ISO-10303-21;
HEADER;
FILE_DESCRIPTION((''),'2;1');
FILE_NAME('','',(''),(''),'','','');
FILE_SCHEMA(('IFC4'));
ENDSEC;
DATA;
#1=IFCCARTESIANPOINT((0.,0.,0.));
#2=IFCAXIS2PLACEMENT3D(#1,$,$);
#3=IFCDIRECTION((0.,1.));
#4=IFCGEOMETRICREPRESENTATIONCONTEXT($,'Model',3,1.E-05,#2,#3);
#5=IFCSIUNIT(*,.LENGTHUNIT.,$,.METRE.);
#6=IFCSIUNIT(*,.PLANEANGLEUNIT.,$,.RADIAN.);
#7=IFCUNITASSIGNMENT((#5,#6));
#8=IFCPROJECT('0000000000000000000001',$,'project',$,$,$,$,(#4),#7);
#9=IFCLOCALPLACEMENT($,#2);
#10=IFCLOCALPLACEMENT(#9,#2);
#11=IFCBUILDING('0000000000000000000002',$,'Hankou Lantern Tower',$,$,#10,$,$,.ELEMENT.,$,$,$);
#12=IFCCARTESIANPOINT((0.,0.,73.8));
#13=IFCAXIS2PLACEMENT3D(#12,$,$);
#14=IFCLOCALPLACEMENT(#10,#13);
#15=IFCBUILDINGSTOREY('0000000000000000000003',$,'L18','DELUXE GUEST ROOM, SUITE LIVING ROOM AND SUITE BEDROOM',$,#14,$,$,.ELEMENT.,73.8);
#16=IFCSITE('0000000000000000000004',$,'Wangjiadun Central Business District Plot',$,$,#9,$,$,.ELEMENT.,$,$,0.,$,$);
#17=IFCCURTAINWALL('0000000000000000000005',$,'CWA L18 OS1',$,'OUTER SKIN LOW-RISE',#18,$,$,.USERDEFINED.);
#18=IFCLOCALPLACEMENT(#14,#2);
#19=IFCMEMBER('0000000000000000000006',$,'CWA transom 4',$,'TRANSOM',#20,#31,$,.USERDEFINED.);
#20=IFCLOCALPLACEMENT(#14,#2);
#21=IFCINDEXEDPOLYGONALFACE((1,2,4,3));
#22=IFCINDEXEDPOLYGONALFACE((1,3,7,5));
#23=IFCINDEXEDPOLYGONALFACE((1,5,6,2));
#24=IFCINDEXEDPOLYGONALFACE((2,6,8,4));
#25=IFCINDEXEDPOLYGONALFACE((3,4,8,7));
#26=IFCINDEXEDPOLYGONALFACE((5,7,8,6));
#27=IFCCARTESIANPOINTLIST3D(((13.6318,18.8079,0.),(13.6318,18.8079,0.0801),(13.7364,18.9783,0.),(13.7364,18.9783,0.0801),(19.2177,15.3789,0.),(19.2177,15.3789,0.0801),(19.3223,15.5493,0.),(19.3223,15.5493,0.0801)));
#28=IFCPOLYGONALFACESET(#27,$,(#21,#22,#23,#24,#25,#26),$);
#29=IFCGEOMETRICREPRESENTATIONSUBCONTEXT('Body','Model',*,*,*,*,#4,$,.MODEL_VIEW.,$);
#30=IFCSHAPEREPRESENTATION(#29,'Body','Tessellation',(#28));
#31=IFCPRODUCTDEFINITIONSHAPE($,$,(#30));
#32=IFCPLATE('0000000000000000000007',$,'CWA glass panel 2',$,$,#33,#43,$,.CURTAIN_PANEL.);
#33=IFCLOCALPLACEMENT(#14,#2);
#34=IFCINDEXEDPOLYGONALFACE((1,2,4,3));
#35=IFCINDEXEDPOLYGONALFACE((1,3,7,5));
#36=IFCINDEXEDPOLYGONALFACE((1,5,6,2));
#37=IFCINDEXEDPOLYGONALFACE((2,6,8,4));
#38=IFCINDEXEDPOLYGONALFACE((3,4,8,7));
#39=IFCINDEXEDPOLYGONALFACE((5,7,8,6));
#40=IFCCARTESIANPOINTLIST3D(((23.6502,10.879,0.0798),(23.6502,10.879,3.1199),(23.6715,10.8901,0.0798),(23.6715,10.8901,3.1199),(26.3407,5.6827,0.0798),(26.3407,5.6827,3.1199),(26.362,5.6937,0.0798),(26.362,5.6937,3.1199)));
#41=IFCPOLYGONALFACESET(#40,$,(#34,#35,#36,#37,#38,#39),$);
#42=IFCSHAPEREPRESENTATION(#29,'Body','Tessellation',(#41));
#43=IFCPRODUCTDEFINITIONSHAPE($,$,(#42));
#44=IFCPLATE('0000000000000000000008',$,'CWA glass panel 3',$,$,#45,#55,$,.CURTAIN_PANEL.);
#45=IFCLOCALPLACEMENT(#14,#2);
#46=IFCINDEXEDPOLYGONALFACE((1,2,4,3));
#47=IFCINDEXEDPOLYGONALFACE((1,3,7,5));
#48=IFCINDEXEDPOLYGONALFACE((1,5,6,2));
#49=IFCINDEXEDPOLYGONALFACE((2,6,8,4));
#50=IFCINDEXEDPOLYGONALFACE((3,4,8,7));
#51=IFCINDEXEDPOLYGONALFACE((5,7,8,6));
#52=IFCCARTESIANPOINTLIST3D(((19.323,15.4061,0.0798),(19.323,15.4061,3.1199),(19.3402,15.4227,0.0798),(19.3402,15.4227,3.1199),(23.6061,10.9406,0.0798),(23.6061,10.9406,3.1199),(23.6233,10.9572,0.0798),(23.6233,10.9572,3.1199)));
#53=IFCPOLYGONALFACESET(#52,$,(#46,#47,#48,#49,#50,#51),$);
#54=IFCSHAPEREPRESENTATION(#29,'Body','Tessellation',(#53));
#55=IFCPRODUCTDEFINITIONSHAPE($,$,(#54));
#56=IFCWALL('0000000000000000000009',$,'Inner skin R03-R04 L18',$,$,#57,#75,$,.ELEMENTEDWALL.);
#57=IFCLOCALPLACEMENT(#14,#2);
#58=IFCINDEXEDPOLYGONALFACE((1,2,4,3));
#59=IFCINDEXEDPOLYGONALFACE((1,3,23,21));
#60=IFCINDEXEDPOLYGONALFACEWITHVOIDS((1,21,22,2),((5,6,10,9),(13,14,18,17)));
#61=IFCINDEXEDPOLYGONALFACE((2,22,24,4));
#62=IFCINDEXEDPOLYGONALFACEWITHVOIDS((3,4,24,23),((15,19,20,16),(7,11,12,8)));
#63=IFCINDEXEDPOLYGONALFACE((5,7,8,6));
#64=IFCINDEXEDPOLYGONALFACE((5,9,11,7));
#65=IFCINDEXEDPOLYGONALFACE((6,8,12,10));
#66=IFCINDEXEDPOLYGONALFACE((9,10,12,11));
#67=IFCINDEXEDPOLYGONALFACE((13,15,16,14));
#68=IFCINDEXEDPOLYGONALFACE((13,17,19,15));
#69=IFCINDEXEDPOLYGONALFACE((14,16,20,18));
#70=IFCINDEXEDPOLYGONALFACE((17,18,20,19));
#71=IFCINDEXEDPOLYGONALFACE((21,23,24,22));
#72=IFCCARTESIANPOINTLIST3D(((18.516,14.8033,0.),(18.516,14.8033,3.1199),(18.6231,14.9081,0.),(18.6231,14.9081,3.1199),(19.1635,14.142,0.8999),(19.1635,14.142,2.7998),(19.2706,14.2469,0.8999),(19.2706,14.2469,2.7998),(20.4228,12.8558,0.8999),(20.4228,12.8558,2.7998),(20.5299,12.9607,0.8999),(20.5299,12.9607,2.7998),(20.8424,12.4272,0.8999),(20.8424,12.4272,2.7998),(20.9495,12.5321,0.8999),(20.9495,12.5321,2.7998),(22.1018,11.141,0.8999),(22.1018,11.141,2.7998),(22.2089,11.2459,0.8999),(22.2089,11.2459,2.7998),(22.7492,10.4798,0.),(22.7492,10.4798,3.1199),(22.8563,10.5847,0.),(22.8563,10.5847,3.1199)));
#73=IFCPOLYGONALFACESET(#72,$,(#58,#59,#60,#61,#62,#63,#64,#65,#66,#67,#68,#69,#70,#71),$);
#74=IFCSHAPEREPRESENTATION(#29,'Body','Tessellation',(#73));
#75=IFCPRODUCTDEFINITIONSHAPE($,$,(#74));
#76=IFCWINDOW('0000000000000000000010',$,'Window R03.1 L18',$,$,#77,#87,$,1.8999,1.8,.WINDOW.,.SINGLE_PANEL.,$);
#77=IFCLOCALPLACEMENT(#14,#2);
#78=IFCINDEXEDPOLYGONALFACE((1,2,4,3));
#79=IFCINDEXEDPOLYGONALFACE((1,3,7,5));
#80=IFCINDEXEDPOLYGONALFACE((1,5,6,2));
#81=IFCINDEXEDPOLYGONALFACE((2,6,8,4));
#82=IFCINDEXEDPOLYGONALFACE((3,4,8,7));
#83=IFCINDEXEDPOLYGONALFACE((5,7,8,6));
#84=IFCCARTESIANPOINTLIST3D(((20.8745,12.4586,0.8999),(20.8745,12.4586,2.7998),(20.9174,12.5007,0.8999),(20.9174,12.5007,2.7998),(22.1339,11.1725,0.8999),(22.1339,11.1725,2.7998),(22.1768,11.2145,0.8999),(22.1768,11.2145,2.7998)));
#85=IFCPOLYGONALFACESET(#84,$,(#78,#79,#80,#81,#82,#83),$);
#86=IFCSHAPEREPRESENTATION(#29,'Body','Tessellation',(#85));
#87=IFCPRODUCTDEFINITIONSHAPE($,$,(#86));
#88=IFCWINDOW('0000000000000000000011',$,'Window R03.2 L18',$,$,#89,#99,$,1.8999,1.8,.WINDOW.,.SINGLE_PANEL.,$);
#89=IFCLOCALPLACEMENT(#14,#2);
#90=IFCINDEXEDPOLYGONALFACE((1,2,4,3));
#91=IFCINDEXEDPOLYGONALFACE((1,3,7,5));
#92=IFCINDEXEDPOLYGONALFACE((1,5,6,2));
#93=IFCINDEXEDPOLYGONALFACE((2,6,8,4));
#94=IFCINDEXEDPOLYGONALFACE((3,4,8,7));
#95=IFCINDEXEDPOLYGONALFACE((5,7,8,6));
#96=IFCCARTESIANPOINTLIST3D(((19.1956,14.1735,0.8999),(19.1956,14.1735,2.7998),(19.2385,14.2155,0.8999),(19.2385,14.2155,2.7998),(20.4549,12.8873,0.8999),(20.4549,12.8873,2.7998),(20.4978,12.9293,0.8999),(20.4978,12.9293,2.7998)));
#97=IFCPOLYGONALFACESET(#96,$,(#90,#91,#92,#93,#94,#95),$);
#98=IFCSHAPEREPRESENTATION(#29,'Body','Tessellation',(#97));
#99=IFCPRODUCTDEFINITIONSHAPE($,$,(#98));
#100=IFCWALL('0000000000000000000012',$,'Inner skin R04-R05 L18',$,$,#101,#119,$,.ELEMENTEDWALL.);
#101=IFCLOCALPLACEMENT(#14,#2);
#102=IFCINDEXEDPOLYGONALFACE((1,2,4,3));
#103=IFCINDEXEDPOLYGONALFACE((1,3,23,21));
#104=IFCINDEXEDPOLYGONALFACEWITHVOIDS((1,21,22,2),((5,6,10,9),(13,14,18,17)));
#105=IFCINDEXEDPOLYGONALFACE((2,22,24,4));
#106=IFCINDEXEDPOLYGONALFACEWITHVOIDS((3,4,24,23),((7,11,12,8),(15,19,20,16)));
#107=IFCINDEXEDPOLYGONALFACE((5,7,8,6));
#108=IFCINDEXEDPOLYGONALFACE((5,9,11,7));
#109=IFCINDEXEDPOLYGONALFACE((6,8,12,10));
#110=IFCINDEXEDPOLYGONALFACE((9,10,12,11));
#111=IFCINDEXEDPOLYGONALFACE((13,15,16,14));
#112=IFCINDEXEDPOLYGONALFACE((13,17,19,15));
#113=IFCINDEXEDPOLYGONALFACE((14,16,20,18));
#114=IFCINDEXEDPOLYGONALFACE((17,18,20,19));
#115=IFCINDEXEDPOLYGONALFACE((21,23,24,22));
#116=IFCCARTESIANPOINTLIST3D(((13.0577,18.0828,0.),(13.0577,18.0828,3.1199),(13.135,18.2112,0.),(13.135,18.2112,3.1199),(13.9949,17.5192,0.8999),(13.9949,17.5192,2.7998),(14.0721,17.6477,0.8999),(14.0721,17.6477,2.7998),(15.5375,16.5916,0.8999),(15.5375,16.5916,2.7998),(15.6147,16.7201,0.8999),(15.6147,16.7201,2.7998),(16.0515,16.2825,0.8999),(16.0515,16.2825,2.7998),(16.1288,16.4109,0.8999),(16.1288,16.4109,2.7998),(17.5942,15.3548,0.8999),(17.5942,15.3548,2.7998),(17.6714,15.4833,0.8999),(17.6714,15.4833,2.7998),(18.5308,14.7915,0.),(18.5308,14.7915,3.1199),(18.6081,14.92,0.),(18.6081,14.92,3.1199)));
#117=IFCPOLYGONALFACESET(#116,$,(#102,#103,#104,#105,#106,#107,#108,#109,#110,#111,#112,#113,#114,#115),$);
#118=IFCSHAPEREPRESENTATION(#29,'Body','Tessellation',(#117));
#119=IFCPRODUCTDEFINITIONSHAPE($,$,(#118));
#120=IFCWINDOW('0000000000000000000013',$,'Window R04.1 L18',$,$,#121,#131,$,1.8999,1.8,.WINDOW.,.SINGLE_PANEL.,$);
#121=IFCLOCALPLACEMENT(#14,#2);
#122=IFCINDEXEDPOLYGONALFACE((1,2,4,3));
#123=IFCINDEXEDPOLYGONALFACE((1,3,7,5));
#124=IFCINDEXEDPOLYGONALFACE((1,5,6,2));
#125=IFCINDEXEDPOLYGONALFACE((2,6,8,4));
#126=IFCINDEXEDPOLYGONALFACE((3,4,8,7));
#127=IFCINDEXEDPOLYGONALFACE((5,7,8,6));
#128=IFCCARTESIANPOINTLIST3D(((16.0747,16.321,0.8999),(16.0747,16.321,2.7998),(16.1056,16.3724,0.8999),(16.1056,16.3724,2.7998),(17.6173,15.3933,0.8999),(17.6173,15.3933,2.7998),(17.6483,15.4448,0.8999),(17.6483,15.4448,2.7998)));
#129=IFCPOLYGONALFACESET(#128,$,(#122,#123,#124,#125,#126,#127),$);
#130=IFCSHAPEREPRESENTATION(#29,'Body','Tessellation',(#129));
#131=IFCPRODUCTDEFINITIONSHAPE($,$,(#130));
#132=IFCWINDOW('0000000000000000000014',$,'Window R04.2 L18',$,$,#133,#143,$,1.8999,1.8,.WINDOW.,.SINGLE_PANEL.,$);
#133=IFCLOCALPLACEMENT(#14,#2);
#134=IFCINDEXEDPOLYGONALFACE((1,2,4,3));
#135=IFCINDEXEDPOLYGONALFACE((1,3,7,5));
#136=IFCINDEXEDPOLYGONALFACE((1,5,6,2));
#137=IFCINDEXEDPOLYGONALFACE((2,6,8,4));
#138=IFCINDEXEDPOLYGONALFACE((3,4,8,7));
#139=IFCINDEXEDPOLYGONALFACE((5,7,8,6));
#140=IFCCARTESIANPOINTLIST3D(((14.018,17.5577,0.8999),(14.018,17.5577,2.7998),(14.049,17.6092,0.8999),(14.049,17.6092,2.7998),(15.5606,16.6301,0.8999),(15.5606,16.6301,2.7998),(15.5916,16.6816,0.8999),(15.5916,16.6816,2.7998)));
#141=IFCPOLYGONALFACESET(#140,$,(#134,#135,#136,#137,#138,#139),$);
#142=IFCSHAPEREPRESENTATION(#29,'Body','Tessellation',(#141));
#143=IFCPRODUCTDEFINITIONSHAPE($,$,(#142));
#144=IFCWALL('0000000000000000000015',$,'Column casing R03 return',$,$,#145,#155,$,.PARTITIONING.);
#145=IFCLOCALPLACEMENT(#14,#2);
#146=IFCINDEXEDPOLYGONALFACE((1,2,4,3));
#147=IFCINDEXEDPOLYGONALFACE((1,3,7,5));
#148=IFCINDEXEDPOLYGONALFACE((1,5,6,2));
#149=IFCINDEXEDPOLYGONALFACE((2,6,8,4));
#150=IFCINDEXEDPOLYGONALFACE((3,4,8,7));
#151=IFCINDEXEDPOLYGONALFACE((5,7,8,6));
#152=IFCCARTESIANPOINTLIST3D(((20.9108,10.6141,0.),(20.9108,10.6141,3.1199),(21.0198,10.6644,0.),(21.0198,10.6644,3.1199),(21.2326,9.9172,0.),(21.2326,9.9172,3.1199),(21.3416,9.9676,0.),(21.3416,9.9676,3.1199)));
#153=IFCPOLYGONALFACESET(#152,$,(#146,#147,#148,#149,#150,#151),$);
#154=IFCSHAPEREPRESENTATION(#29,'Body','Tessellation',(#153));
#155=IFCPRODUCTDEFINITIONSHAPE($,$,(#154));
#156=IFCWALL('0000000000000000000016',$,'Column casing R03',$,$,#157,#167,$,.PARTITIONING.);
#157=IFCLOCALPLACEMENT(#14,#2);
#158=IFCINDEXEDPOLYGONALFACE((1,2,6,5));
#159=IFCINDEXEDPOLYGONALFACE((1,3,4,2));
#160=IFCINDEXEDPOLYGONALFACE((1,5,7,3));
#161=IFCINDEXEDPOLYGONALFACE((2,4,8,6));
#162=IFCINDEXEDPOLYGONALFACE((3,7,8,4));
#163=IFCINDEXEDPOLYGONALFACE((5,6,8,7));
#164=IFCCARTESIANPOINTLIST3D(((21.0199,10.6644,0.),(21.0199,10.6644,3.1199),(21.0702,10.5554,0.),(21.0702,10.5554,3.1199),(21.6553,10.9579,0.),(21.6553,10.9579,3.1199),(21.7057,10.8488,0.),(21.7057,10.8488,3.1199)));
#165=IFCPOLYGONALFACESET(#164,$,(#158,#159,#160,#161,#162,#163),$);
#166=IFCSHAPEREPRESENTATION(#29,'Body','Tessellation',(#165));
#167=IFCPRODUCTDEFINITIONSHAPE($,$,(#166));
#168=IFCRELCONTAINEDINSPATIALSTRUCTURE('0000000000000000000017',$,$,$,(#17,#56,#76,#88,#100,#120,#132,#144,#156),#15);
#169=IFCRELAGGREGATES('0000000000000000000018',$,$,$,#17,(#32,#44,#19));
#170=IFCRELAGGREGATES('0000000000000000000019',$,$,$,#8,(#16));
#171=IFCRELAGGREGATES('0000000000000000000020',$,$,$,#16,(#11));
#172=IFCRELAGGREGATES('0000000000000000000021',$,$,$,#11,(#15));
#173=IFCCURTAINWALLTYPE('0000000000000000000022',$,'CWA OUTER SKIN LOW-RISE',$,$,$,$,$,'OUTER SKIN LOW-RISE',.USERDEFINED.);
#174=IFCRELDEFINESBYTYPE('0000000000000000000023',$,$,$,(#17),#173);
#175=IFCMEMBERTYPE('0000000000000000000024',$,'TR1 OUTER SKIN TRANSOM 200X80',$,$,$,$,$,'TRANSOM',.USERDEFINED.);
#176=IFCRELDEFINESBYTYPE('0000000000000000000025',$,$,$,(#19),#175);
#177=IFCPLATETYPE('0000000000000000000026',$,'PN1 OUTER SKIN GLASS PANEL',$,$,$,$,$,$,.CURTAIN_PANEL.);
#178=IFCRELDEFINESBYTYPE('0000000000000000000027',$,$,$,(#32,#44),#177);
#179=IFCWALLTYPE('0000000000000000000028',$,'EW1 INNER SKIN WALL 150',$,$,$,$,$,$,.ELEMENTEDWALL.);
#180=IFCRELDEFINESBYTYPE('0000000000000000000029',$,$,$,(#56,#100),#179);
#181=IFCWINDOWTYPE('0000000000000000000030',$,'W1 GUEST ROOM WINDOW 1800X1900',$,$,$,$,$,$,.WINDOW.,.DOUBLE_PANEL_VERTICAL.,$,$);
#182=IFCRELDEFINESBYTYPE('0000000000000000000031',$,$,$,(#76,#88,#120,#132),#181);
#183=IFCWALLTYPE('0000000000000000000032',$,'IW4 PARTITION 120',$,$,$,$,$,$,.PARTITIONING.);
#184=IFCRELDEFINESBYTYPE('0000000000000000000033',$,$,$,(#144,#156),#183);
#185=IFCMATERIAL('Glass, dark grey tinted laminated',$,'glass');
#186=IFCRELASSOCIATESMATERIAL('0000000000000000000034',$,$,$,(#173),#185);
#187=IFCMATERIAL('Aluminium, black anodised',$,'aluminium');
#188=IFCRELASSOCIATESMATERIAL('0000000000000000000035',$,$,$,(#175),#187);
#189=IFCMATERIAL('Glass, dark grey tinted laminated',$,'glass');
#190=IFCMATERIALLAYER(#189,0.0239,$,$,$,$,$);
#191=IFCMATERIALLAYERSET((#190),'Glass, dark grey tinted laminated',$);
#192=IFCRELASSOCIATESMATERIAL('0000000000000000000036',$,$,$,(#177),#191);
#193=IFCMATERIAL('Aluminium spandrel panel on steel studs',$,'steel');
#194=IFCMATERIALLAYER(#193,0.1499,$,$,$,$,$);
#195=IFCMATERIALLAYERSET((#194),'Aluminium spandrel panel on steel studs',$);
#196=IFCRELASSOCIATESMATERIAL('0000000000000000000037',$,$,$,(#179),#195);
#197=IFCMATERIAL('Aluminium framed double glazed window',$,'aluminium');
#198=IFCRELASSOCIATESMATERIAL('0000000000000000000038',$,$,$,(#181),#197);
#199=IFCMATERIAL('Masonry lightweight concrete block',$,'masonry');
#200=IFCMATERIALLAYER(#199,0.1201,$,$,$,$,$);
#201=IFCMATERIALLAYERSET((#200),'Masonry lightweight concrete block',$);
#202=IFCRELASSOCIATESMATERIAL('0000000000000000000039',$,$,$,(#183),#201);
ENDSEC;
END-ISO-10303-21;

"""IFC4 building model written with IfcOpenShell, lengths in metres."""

from ifc_helpers import new_model, si_unit, direction, frame, frame_2d, origin, origin_2d, place, context, subcontext, project, spatial, rectangle, extrude, material, layer, layer_set, material_profile, profile_set, type_object, element, fill, aggregate, save


model = new_model("IFC4")

# Units and contexts
model_context = context("Model", 3, precision=1e-05, world=origin(), true_north=direction((0.0, 1.0)))
body_context = subcontext(model_context, "Body", "Model", "MODEL_VIEW")
ifc_project = project(units=[si_unit("LENGTHUNIT", "METRE"), si_unit("PLANEANGLEUNIT", "RADIAN")], contexts=[model_context])

# Site, building, storey
site_placement = place(None, origin())
site = spatial("IfcSite", under=ifc_project, at=site_placement, Name="Wangjiadun Central Business District Plot", CompositionType="ELEMENT", RefElevation=0.0)
building_placement = place(site_placement, origin())
building = spatial("IfcBuilding", under=site, at=building_placement, Name="Hankou Lantern Tower", CompositionType="ELEMENT")
storey_placement = place(building_placement, frame((0.0, 0.0, 73.8)))
storey = spatial("IfcBuildingStorey", under=building, at=storey_placement, Name="L18", Description="DELUXE GUEST ROOM, SUITE LIVING ROOM AND SUITE BEDROOM", CompositionType="ELEMENT", Elevation=73.8)

# Curtain wall, member, plates
ifc_material_1 = material(Name="Glass, dark grey tinted laminated", Category="glass")
curtain_wall_type = type_object("IfcCurtainWallType", Name="CWA OUTER SKIN LOW-RISE", ElementType="OUTER SKIN LOW-RISE", PredefinedType="USERDEFINED", material=ifc_material_1)
curtain_wall_placement = place(storey_placement, origin())
curtain_wall = element("IfcCurtainWall", 1, at=curtain_wall_placement, inside=storey, type_object=curtain_wall_type, Name="CWA L18 OS1", ObjectType="OUTER SKIN LOW-RISE", PredefinedType="USERDEFINED")
ifc_material_2 = material(Name="Aluminium, black anodised", Category="aluminium")
ifc_material_profile_1 = material_profile(ifc_material_2, rectangle(XDim=0.2, YDim=0.0801, at=origin_2d()), Name="TR1 200X80")
ifc_profile_set_1 = profile_set([ifc_material_profile_1], Name="Aluminium, black anodised")
member_type_1 = type_object("IfcMemberType", Name="TR1 OUTER SKIN TRANSOM 200X80", ElementType="TRANSOM", PredefinedType="USERDEFINED", material=ifc_profile_set_1)
member_1_placement = place(storey_placement, frame((19.27, 15.4641, 0.04), z_axis=(-0.85224, 0.523152, 0.0), x_axis=(-0.523152, -0.85224, 0.0)))
member_1 = element("IfcMember", 2, at=member_1_placement, type_object=member_type_1, Name="CWA transom 4", ObjectType="TRANSOM", PredefinedType="USERDEFINED", context=body_context, shape_type="SweptSolid", body=[
    extrude(rectangle(XDim=0.2, YDim=0.0801, at=origin_2d()), origin(), (0.0, 0.0, 1.0), 6.5544),
])
ifc_material_3 = material(Name="Glass, dark grey tinted laminated", Category="glass")
ifc_layer_1 = layer(ifc_material_3, 0.0239)
ifc_layer_set_1 = layer_set([ifc_layer_1], Name="Glass, dark grey tinted laminated")
plate_type = type_object("IfcPlateType", Name="PN1 OUTER SKIN GLASS PANEL", PredefinedType="CURTAIN_PANEL", material=ifc_layer_set_1)
plate_1_placement = place(storey_placement, frame((25.0061, 8.2864, 0.0798), z_axis=(0.0, 0.0, 1.0), x_axis=(-0.459791, 0.888027, 0.0)))
plate_1 = element("IfcPlate", 3, at=plate_1_placement, type_object=plate_type, Name="CWA glass panel 2", PredefinedType="CURTAIN_PANEL", context=body_context, shape_type="SweptSolid", body=[
    extrude(rectangle(XDim=5.8516, YDim=0.0239, at=origin_2d()), origin(), (0.0, 0.0, 1.0), 3.04),
])
plate_2_placement = place(storey_placement, frame((21.4731, 13.1816, 0.0798), z_axis=(0.0, 0.0, 1.0), x_axis=(-0.692216, 0.721691, 0.0)))
plate_2 = element("IfcPlate", 4, at=plate_2_placement, type_object=plate_type, Name="CWA glass panel 3", PredefinedType="CURTAIN_PANEL", context=body_context, shape_type="SweptSolid", body=[
    extrude(rectangle(XDim=6.1875, YDim=0.0239, at=origin_2d()), origin(), (0.0, 0.0, 1.0), 3.04),
])
aggregate(curtain_wall, [plate_1, plate_2, member_1])

# Walls, openings, windows
ifc_material_4 = material(Name="Aluminium spandrel panel on steel studs", Category="steel")
ifc_layer_2 = layer(ifc_material_4, 0.1499)
ifc_layer_set_2 = layer_set([ifc_layer_2], Name="Aluminium spandrel panel on steel studs")
wall_type_1 = type_object("IfcWallType", Name="EW1 INNER SKIN WALL 150", PredefinedType="ELEMENTEDWALL", material=ifc_layer_set_2)
wall_1_placement = place(storey_placement, frame((22.8027, 10.5322, 0.0), z_axis=(0.0, 0.0, 1.0), x_axis=(-0.699603, 0.714532, 0.0)))
wall_1 = element("IfcWall", 5, at=wall_1_placement, inside=storey, type_object=wall_type_1, Name="Inner skin R03-R04 L18", PredefinedType="ELEMENTEDWALL", context=body_context, shape_type="SweptSolid", body=[
    extrude(rectangle(XDim=6.0508, YDim=0.1499, at=frame_2d((3.0254, 0.0))), origin(), (0.0, 0.0, 1.0), 3.1199),
])
opening_1_placement = place(wall_1_placement, frame((0.9255, 0.0, 0.8999)))
opening_1 = element("IfcOpeningElement", 6, at=opening_1_placement, cuts=wall_1, PredefinedType="OPENING", context=body_context, shape_type="SweptSolid", body=[
    extrude(rectangle(XDim=1.8, YDim=1.8999, at=frame_2d((0.8999, 0.95))), frame((0.0, 0.085, 0.0), z_axis=(0.0, -1.0, 0.0), x_axis=(1.0, 0.0, 0.0)), (0.0, 0.0, 1.0), 0.1699),
])
opening_2_placement = place(wall_1_placement, frame((3.3254, 0.0, 0.8999)))
opening_2 = element("IfcOpeningElement", 7, at=opening_2_placement, cuts=wall_1, PredefinedType="OPENING", context=body_context, shape_type="SweptSolid", body=[
    extrude(rectangle(XDim=1.8, YDim=1.8999, at=frame_2d((0.8999, 0.95))), frame((0.0, 0.085, 0.0), z_axis=(0.0, -1.0, 0.0), x_axis=(1.0, 0.0, 0.0)), (0.0, 0.0, 1.0), 0.1699),
])
ifc_material_5 = material(Name="Aluminium framed double glazed window", Category="aluminium")
window_type = type_object("IfcWindowType", Name="W1 GUEST ROOM WINDOW 1800X1900", PartitioningType="DOUBLE_PANEL_VERTICAL", PredefinedType="WINDOW", material=ifc_material_5)
window_1_placement = place(opening_1_placement, origin())
window_1 = element("IfcWindow", 8, at=window_1_placement, inside=storey, type_object=window_type, Name="Window R03.1 L18", OverallHeight=1.8999, OverallWidth=1.8, PartitioningType="SINGLE_PANEL", PredefinedType="WINDOW", context=body_context, shape_type="SweptSolid", body=[
    extrude(rectangle(XDim=1.8, YDim=1.8999, at=frame_2d((0.8999, 0.95))), frame((0.0, 0.03, 0.0), z_axis=(0.0, -1.0, 0.0), x_axis=(1.0, 0.0, 0.0)), (0.0, 0.0, 1.0), 0.0601),
])
fill(opening_1, window_1)
window_2_placement = place(opening_2_placement, origin())
window_2 = element("IfcWindow", 9, at=window_2_placement, inside=storey, type_object=window_type, Name="Window R03.2 L18", OverallHeight=1.8999, OverallWidth=1.8, PartitioningType="SINGLE_PANEL", PredefinedType="WINDOW", context=body_context, shape_type="SweptSolid", body=[
    extrude(rectangle(XDim=1.8, YDim=1.8999, at=frame_2d((0.8999, 0.95))), frame((0.0, 0.03, 0.0), z_axis=(0.0, -1.0, 0.0), x_axis=(1.0, 0.0, 0.0)), (0.0, 0.0, 1.0), 0.0601),
])
fill(opening_2, window_2)
wall_2_placement = place(storey_placement, frame((18.5696, 14.8557, 0.0), z_axis=(0.0, 0.0, 1.0), x_axis=(-0.856983, 0.515344, 0.0)))
wall_2 = element("IfcWall", 10, at=wall_2_placement, inside=storey, type_object=wall_type_1, Name="Inner skin R04-R05 L18", PredefinedType="ELEMENTEDWALL", context=body_context, shape_type="SweptSolid", body=[
    extrude(rectangle(XDim=6.3865, YDim=0.1499, at=frame_2d((3.1934, 0.0))), origin(), (0.0, 0.0, 1.0), 3.1199),
])
opening_3_placement = place(wall_2_placement, frame((1.0933, 0.0, 0.8999)))
opening_3 = element("IfcOpeningElement", 11, at=opening_3_placement, cuts=wall_2, PredefinedType="OPENING", context=body_context, shape_type="SweptSolid", body=[
    extrude(rectangle(XDim=1.8, YDim=1.8999, at=frame_2d((0.8999, 0.95))), frame((0.0, 0.085, 0.0), z_axis=(0.0, -1.0, 0.0), x_axis=(1.0, 0.0, 0.0)), (0.0, 0.0, 1.0), 0.1699),
])
opening_4_placement = place(wall_2_placement, frame((3.4932, 0.0, 0.8999)))
opening_4 = element("IfcOpeningElement", 12, at=opening_4_placement, cuts=wall_2, PredefinedType="OPENING", context=body_context, shape_type="SweptSolid", body=[
    extrude(rectangle(XDim=1.8, YDim=1.8999, at=frame_2d((0.8999, 0.95))), frame((0.0, 0.085, 0.0), z_axis=(0.0, -1.0, 0.0), x_axis=(1.0, 0.0, 0.0)), (0.0, 0.0, 1.0), 0.1699),
])
window_3_placement = place(opening_3_placement, origin())
window_3 = element("IfcWindow", 13, at=window_3_placement, inside=storey, type_object=window_type, Name="Window R04.1 L18", OverallHeight=1.8999, OverallWidth=1.8, PartitioningType="SINGLE_PANEL", PredefinedType="WINDOW", context=body_context, shape_type="SweptSolid", body=[
    extrude(rectangle(XDim=1.8, YDim=1.8999, at=frame_2d((0.8999, 0.95))), frame((0.0, 0.03, 0.0), z_axis=(0.0, -1.0, 0.0), x_axis=(1.0, 0.0, 0.0)), (0.0, 0.0, 1.0), 0.0601),
])
fill(opening_3, window_3)
window_4_placement = place(opening_4_placement, origin())
window_4 = element("IfcWindow", 14, at=window_4_placement, inside=storey, type_object=window_type, Name="Window R04.2 L18", OverallHeight=1.8999, OverallWidth=1.8, PartitioningType="SINGLE_PANEL", PredefinedType="WINDOW", context=body_context, shape_type="SweptSolid", body=[
    extrude(rectangle(XDim=1.8, YDim=1.8999, at=frame_2d((0.8999, 0.95))), frame((0.0, 0.03, 0.0), z_axis=(0.0, -1.0, 0.0), x_axis=(1.0, 0.0, 0.0)), (0.0, 0.0, 1.0), 0.0601),
])
fill(opening_4, window_4)

# Walls
ifc_material_6 = material(Name="Masonry lightweight concrete block", Category="masonry")
ifc_layer_3 = layer(ifc_material_6, 0.1201)
ifc_layer_set_3 = layer_set([ifc_layer_3], Name="Masonry lightweight concrete block")
wall_type_2 = type_object("IfcWallType", Name="IW4 PARTITION 120", PredefinedType="PARTITIONING", material=ifc_layer_set_3)
wall_3_placement = place(storey_placement, frame((21.2871, 9.9424, 0.0), z_axis=(0.0, 0.0, 1.0), x_axis=(-0.41926, 0.907866, 0.0)))
element("IfcWall", 15, at=wall_3_placement, inside=storey, type_object=wall_type_2, Name="Column casing R03 return", PredefinedType="PARTITIONING", context=body_context, shape_type="SweptSolid", body=[
    extrude(rectangle(XDim=0.7676, YDim=0.1201, at=frame_2d((0.3838, 0.0))), origin(), (0.0, 0.0, 1.0), 3.1199),
])
wall_4_placement = place(storey_placement, frame((21.0449, 10.6099, 0.0), z_axis=(0.0, 0.0, 1.0), x_axis=(0.907878, 0.419235, 0.0)))
element("IfcWall", 16, at=wall_4_placement, inside=storey, type_object=wall_type_2, Name="Column casing R03", PredefinedType="PARTITIONING", context=body_context, shape_type="SweptSolid", body=[
    extrude(rectangle(XDim=0.7, YDim=0.1201, at=frame_2d((0.3501, 0.0))), origin(), (0.0, 0.0, 1.0), 3.1199),
])

save(model, "model.ifc")
